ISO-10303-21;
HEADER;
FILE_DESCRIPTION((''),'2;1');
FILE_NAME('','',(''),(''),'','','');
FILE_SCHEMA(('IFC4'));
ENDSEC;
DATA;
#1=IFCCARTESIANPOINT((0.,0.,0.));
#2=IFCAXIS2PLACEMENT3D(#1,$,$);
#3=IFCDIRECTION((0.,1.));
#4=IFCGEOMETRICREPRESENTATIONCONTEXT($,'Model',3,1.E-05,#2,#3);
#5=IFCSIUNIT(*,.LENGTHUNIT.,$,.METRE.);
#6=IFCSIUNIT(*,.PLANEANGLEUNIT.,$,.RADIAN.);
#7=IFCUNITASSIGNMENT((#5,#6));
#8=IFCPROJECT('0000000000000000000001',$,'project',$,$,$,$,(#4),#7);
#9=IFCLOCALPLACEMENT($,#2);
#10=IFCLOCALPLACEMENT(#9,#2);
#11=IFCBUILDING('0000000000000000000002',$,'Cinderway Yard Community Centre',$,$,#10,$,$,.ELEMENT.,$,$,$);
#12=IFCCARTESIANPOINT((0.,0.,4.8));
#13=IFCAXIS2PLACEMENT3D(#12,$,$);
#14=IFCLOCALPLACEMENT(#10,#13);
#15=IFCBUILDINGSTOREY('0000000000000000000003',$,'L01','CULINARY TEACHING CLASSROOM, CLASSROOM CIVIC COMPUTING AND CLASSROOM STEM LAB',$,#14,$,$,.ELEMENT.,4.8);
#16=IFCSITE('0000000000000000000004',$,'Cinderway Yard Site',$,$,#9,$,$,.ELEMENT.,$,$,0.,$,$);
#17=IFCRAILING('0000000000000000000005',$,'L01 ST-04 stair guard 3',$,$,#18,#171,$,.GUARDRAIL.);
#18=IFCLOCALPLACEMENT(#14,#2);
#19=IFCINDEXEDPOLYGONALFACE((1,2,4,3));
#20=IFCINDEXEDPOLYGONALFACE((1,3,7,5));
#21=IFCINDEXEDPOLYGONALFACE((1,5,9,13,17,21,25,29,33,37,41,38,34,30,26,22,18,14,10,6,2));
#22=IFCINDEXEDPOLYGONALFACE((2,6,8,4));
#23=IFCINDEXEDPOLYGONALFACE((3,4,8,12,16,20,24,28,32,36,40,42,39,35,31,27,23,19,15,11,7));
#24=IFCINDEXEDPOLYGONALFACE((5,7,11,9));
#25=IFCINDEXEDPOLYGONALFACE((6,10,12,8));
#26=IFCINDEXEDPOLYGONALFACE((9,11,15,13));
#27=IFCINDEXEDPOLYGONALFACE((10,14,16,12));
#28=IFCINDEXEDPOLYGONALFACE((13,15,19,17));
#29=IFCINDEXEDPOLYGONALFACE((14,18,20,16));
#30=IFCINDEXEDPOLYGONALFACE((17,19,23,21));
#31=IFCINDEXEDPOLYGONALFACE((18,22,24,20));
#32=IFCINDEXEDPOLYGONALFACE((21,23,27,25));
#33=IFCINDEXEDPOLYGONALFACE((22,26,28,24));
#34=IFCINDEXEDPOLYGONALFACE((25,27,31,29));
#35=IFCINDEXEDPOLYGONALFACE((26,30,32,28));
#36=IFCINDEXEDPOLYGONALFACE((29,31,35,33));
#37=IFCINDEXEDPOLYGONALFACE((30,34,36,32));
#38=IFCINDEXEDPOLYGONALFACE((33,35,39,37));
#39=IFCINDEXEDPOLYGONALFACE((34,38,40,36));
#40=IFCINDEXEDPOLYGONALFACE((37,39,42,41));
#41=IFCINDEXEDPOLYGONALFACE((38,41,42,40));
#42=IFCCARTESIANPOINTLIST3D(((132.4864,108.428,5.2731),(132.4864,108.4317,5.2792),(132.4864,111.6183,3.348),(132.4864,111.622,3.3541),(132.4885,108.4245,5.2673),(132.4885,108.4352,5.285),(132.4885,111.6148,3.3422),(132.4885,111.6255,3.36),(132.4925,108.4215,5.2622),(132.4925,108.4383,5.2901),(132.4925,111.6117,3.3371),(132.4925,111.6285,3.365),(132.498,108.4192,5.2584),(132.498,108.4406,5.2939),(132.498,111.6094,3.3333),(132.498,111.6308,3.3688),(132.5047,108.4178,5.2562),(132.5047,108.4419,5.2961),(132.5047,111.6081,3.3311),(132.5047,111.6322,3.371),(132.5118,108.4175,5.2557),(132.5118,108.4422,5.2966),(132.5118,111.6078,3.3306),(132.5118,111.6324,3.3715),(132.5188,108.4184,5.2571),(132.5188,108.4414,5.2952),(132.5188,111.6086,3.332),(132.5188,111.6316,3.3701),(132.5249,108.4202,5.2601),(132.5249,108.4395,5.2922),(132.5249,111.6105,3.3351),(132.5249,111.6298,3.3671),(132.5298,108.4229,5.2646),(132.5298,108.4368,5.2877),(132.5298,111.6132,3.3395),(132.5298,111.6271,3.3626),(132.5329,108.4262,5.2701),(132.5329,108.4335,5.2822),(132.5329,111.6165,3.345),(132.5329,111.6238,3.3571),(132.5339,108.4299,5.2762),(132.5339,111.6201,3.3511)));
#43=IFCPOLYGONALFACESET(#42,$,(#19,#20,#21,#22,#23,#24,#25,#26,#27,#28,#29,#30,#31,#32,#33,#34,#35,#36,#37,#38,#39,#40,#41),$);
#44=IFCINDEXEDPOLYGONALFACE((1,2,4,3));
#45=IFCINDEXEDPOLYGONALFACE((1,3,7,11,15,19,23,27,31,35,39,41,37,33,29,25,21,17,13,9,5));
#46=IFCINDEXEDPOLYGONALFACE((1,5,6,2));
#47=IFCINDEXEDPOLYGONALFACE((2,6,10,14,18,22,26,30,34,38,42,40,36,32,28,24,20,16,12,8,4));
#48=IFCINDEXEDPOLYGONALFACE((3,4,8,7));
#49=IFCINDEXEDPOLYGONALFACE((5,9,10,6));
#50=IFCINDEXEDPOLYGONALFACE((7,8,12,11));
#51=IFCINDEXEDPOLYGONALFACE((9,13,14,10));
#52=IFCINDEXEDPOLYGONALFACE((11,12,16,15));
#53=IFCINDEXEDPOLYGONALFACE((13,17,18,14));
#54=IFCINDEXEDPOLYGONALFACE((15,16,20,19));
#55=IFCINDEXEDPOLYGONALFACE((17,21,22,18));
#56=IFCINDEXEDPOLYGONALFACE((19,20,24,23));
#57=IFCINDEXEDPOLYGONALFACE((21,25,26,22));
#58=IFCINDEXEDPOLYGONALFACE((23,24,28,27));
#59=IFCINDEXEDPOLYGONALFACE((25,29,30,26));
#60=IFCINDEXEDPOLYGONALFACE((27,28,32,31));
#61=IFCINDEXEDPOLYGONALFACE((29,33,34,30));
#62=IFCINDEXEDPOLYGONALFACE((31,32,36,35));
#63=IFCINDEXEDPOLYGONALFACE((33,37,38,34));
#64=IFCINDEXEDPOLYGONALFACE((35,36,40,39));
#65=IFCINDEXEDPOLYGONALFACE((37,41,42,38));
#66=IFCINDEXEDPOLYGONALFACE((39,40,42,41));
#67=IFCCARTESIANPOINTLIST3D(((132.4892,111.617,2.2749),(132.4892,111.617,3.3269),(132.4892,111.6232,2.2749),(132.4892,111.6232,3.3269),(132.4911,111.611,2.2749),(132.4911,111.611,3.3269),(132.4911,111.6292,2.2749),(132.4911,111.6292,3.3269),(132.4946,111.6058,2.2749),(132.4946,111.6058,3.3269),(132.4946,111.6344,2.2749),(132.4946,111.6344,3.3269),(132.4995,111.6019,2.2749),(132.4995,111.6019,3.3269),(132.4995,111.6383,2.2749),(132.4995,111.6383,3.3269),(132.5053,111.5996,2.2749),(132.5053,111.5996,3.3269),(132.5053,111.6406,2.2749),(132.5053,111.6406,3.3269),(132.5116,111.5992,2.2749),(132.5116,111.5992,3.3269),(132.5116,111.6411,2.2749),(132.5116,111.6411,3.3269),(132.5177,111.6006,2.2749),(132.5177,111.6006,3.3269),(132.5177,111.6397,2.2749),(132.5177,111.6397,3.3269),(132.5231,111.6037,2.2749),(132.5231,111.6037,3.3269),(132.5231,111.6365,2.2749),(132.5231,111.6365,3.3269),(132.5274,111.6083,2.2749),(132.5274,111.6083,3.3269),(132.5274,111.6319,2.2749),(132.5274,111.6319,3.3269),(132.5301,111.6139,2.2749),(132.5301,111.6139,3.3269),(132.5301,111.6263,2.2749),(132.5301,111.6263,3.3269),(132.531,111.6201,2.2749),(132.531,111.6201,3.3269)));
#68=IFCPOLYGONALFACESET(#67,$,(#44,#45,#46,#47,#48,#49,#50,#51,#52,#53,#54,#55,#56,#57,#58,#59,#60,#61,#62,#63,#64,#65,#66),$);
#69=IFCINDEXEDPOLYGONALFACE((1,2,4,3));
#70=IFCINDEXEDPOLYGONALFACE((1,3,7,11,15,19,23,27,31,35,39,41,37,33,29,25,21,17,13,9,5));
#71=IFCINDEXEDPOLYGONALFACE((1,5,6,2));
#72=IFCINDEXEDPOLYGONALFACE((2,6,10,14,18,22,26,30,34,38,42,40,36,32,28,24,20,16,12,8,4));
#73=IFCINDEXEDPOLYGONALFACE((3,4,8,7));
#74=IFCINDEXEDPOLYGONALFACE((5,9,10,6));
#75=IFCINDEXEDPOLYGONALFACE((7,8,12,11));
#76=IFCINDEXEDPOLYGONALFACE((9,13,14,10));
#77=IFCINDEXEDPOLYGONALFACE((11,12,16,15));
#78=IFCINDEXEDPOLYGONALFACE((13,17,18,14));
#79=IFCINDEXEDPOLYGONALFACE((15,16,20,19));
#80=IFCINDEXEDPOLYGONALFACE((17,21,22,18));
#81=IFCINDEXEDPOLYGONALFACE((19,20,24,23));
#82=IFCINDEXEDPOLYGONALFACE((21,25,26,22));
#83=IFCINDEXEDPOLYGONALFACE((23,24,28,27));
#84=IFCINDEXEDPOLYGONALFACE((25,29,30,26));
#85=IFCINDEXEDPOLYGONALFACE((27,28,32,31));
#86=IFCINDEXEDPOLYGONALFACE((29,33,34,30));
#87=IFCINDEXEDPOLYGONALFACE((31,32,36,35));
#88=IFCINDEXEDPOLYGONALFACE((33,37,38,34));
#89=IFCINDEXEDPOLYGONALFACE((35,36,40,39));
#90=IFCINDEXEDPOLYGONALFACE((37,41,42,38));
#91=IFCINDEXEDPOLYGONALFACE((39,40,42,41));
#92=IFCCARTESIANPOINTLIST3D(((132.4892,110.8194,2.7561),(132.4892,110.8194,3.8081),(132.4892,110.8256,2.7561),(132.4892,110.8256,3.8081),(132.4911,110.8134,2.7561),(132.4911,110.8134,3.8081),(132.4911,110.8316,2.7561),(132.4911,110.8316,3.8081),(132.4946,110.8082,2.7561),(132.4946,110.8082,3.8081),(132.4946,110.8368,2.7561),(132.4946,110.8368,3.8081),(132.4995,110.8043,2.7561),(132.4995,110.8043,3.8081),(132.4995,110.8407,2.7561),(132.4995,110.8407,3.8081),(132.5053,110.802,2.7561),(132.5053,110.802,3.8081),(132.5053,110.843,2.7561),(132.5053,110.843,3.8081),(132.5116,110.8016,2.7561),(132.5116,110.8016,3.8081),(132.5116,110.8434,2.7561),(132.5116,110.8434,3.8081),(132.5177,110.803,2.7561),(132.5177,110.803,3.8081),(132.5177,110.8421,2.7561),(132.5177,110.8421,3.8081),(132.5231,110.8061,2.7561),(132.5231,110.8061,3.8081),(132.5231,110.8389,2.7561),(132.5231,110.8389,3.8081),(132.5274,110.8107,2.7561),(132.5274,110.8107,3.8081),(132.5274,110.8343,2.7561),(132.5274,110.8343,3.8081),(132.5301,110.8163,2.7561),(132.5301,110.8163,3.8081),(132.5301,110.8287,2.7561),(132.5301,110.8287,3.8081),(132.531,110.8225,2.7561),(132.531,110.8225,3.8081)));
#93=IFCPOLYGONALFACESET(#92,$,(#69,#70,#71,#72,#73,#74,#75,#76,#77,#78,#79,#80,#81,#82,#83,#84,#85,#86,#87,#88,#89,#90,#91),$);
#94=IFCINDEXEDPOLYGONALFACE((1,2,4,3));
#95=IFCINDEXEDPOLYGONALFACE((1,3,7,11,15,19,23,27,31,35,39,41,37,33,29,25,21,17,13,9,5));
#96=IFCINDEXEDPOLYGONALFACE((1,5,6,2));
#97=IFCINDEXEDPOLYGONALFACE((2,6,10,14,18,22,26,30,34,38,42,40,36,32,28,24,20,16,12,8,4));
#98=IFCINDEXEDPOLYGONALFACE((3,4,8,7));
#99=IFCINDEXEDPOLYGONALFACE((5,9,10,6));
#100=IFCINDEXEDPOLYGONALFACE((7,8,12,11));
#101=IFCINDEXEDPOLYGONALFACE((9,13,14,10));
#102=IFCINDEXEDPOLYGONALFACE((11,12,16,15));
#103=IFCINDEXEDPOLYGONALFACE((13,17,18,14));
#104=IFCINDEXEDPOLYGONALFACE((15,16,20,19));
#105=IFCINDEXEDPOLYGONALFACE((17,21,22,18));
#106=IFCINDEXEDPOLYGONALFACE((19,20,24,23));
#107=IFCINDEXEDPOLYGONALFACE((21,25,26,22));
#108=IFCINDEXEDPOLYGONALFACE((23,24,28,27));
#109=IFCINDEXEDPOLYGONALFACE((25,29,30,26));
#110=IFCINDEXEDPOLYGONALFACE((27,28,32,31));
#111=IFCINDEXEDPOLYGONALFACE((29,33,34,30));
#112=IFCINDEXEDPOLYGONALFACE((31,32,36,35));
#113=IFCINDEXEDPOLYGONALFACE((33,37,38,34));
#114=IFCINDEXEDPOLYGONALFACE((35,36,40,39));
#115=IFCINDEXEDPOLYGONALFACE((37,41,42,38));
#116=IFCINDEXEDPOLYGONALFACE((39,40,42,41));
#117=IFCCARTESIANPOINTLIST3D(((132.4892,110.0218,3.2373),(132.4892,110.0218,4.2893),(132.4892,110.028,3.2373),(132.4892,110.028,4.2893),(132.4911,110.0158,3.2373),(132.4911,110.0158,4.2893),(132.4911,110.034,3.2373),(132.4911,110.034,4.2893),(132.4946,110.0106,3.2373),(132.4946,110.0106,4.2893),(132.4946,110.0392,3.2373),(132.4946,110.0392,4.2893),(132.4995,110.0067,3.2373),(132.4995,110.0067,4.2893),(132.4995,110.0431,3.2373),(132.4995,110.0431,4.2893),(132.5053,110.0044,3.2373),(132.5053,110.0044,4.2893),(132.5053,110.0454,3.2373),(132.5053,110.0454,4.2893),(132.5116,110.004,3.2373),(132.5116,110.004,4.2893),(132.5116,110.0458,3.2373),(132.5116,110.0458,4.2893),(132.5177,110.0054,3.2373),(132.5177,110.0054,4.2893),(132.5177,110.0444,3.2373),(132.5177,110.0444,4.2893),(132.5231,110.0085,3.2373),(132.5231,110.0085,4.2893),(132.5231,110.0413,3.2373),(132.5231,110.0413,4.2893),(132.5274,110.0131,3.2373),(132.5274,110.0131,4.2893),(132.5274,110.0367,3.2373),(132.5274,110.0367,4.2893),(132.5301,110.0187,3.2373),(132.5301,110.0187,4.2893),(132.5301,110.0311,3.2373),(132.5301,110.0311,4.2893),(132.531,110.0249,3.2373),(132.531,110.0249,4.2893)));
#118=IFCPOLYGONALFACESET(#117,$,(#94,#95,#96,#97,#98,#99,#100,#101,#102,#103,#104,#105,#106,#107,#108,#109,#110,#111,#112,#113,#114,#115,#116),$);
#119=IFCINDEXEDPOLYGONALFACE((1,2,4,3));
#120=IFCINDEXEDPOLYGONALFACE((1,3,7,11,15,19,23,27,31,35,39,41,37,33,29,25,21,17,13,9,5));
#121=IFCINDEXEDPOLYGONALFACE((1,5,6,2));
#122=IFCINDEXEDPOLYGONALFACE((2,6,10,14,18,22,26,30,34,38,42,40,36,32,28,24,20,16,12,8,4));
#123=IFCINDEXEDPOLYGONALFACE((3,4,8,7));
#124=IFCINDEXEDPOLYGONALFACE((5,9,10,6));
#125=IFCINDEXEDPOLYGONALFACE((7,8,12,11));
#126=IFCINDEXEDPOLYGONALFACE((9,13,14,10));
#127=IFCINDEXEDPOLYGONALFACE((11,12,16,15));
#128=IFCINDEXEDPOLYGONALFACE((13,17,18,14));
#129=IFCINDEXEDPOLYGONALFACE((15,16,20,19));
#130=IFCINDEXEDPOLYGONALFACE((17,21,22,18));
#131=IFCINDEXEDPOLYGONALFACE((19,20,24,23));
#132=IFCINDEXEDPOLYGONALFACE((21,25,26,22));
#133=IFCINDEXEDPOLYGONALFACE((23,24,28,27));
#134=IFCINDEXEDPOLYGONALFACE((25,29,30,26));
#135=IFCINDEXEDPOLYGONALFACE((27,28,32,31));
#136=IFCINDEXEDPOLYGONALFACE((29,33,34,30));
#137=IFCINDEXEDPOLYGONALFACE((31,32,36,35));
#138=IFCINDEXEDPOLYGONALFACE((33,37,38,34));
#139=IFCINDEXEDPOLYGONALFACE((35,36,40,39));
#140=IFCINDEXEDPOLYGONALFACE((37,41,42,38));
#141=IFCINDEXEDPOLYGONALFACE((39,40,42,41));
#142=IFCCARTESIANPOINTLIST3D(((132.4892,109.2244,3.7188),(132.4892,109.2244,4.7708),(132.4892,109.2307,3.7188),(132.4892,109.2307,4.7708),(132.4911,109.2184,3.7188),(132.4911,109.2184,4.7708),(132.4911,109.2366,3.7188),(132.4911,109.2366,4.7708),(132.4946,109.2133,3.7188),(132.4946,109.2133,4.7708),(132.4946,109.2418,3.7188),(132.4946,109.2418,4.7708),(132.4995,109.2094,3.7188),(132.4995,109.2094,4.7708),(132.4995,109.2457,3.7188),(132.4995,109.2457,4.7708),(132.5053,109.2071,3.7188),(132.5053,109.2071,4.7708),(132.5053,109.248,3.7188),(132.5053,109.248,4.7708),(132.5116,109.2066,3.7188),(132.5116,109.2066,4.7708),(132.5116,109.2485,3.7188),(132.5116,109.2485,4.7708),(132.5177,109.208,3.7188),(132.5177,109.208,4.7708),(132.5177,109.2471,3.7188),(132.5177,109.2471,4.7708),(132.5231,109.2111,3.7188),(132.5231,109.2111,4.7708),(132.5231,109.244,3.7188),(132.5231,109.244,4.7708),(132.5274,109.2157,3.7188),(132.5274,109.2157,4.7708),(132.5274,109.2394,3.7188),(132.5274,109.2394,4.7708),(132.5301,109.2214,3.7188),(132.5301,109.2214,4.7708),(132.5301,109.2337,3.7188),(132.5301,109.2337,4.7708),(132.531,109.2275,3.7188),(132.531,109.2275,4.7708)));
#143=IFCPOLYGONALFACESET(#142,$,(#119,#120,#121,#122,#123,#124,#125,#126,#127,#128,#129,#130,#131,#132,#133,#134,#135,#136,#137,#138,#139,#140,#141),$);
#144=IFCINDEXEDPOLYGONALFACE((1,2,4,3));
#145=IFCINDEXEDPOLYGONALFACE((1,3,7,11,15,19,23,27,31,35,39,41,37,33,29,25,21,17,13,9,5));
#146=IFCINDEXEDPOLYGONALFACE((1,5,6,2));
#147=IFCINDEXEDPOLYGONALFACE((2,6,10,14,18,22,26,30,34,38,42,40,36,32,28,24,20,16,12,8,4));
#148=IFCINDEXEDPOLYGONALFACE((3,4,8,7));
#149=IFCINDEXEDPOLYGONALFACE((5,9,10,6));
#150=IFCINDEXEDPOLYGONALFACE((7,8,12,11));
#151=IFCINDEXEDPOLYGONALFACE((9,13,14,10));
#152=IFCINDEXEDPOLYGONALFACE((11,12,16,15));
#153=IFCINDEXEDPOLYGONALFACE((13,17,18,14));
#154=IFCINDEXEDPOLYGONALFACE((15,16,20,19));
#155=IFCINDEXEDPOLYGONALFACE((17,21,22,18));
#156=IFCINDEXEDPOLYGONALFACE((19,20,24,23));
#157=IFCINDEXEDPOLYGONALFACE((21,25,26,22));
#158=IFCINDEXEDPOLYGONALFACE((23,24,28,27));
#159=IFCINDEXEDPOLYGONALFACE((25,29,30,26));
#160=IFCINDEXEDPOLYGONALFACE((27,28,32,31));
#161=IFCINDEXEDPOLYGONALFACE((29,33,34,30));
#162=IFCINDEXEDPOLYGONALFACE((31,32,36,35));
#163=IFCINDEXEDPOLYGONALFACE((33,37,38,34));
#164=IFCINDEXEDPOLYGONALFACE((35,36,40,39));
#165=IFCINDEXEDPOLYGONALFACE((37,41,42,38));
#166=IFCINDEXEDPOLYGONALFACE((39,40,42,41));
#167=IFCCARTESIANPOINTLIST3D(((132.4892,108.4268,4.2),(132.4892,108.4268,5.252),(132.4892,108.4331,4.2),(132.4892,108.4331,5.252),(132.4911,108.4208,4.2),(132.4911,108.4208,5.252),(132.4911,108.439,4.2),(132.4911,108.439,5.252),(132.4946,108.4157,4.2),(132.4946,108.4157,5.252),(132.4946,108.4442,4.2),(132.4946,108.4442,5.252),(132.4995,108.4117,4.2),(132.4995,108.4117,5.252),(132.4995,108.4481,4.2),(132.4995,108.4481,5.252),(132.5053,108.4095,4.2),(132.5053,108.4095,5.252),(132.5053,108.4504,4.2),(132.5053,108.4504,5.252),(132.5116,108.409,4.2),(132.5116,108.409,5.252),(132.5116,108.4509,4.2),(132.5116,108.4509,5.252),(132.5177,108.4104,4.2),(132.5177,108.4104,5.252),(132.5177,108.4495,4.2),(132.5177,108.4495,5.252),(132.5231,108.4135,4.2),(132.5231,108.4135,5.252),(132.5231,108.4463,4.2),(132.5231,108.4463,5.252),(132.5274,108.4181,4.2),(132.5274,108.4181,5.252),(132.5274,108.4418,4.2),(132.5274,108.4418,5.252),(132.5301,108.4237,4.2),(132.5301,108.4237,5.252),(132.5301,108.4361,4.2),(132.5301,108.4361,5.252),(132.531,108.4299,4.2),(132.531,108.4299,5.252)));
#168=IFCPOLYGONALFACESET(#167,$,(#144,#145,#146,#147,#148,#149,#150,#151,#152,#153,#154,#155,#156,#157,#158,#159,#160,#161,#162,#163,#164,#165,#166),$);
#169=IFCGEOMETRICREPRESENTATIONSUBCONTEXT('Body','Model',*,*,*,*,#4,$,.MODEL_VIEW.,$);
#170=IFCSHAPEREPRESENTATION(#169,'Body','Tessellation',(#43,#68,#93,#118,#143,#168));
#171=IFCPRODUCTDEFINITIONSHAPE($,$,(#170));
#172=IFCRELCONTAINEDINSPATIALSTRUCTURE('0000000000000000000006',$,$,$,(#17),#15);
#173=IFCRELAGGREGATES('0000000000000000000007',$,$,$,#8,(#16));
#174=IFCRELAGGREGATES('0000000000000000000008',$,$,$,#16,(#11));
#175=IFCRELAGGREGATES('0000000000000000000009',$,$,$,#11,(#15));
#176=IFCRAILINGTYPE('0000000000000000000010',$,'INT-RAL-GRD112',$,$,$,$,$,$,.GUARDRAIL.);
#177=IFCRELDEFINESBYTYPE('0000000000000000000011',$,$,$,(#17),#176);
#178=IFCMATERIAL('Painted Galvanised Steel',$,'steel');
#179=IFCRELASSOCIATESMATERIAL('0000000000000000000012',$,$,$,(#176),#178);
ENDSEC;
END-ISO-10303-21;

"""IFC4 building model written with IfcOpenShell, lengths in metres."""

from ifc_helpers import new_model, si_unit, direction, frame, origin, origin_2d, place, context, subcontext, project, spatial, circle, extrude, material, type_object, element, save


model = new_model("IFC4")

# Units and contexts
model_context = context("Model", 3, precision=1e-05, world=origin(), true_north=direction((0.0, 1.0)))
body_context = subcontext(model_context, "Body", "Model", "MODEL_VIEW")
ifc_project = project(units=[si_unit("LENGTHUNIT", "METRE"), si_unit("PLANEANGLEUNIT", "RADIAN")], contexts=[model_context])

# Site, building, storey
site_placement = place(None, origin())
site = spatial("IfcSite", under=ifc_project, at=site_placement, Name="Cinderway Yard Site", CompositionType="ELEMENT", RefElevation=0.0)
building_placement = place(site_placement, origin())
building = spatial("IfcBuilding", under=site, at=building_placement, Name="Cinderway Yard Community Centre", CompositionType="ELEMENT")
storey_placement = place(building_placement, frame((0.0, 0.0, 4.8)))
storey = spatial("IfcBuildingStorey", under=building, at=storey_placement, Name="L01", Description="CULINARY TEACHING CLASSROOM, CLASSROOM CIVIC COMPUTING AND CLASSROOM STEM LAB", CompositionType="ELEMENT", Elevation=4.8)

# Railing
ifc_material_1 = material(Name="Painted Galvanised Steel", Category="steel")
railing_type_1 = type_object("IfcRailingType", Name="INT-RAL-GRD112", PredefinedType="GUARDRAIL", material=ifc_material_1)
railing_1_placement = place(storey_placement, frame((132.51, 111.6201, 2.2749)))
element("IfcRailing", 1, at=railing_1_placement, inside=storey, type_object=railing_type_1, Name="L01 ST-04 stair guard 3", PredefinedType="GUARDRAIL", context=body_context, shape_type="SweptSolid", body=[
    extrude(circle(Radius=0.0239, at=origin_2d()), frame((0.0, 0.0, 1.0762), z_axis=(0.0, -0.856195, 0.516653), x_axis=(1.0, 0.0, 0.0)), (0.0, 0.0, 1.0), 3.7261),
    extrude(circle(Radius=0.021, at=origin_2d()), origin(), (0.0, 0.0, 1.0), 1.052),
    extrude(circle(Radius=0.021, at=origin_2d()), frame((0.0, -0.7976, 0.4812)), (0.0, 0.0, 1.0), 1.052),
    extrude(circle(Radius=0.021, at=origin_2d()), frame((0.0, -1.5952, 0.9624)), (0.0, 0.0, 1.0), 1.052),
    extrude(circle(Radius=0.021, at=origin_2d()), frame((0.0, -2.3926, 1.4438)), (0.0, 0.0, 1.0), 1.052),
    extrude(circle(Radius=0.021, at=origin_2d()), frame((0.0, -3.1902, 1.925)), (0.0, 0.0, 1.0), 1.052),
])

save(model, "model.ifc")
